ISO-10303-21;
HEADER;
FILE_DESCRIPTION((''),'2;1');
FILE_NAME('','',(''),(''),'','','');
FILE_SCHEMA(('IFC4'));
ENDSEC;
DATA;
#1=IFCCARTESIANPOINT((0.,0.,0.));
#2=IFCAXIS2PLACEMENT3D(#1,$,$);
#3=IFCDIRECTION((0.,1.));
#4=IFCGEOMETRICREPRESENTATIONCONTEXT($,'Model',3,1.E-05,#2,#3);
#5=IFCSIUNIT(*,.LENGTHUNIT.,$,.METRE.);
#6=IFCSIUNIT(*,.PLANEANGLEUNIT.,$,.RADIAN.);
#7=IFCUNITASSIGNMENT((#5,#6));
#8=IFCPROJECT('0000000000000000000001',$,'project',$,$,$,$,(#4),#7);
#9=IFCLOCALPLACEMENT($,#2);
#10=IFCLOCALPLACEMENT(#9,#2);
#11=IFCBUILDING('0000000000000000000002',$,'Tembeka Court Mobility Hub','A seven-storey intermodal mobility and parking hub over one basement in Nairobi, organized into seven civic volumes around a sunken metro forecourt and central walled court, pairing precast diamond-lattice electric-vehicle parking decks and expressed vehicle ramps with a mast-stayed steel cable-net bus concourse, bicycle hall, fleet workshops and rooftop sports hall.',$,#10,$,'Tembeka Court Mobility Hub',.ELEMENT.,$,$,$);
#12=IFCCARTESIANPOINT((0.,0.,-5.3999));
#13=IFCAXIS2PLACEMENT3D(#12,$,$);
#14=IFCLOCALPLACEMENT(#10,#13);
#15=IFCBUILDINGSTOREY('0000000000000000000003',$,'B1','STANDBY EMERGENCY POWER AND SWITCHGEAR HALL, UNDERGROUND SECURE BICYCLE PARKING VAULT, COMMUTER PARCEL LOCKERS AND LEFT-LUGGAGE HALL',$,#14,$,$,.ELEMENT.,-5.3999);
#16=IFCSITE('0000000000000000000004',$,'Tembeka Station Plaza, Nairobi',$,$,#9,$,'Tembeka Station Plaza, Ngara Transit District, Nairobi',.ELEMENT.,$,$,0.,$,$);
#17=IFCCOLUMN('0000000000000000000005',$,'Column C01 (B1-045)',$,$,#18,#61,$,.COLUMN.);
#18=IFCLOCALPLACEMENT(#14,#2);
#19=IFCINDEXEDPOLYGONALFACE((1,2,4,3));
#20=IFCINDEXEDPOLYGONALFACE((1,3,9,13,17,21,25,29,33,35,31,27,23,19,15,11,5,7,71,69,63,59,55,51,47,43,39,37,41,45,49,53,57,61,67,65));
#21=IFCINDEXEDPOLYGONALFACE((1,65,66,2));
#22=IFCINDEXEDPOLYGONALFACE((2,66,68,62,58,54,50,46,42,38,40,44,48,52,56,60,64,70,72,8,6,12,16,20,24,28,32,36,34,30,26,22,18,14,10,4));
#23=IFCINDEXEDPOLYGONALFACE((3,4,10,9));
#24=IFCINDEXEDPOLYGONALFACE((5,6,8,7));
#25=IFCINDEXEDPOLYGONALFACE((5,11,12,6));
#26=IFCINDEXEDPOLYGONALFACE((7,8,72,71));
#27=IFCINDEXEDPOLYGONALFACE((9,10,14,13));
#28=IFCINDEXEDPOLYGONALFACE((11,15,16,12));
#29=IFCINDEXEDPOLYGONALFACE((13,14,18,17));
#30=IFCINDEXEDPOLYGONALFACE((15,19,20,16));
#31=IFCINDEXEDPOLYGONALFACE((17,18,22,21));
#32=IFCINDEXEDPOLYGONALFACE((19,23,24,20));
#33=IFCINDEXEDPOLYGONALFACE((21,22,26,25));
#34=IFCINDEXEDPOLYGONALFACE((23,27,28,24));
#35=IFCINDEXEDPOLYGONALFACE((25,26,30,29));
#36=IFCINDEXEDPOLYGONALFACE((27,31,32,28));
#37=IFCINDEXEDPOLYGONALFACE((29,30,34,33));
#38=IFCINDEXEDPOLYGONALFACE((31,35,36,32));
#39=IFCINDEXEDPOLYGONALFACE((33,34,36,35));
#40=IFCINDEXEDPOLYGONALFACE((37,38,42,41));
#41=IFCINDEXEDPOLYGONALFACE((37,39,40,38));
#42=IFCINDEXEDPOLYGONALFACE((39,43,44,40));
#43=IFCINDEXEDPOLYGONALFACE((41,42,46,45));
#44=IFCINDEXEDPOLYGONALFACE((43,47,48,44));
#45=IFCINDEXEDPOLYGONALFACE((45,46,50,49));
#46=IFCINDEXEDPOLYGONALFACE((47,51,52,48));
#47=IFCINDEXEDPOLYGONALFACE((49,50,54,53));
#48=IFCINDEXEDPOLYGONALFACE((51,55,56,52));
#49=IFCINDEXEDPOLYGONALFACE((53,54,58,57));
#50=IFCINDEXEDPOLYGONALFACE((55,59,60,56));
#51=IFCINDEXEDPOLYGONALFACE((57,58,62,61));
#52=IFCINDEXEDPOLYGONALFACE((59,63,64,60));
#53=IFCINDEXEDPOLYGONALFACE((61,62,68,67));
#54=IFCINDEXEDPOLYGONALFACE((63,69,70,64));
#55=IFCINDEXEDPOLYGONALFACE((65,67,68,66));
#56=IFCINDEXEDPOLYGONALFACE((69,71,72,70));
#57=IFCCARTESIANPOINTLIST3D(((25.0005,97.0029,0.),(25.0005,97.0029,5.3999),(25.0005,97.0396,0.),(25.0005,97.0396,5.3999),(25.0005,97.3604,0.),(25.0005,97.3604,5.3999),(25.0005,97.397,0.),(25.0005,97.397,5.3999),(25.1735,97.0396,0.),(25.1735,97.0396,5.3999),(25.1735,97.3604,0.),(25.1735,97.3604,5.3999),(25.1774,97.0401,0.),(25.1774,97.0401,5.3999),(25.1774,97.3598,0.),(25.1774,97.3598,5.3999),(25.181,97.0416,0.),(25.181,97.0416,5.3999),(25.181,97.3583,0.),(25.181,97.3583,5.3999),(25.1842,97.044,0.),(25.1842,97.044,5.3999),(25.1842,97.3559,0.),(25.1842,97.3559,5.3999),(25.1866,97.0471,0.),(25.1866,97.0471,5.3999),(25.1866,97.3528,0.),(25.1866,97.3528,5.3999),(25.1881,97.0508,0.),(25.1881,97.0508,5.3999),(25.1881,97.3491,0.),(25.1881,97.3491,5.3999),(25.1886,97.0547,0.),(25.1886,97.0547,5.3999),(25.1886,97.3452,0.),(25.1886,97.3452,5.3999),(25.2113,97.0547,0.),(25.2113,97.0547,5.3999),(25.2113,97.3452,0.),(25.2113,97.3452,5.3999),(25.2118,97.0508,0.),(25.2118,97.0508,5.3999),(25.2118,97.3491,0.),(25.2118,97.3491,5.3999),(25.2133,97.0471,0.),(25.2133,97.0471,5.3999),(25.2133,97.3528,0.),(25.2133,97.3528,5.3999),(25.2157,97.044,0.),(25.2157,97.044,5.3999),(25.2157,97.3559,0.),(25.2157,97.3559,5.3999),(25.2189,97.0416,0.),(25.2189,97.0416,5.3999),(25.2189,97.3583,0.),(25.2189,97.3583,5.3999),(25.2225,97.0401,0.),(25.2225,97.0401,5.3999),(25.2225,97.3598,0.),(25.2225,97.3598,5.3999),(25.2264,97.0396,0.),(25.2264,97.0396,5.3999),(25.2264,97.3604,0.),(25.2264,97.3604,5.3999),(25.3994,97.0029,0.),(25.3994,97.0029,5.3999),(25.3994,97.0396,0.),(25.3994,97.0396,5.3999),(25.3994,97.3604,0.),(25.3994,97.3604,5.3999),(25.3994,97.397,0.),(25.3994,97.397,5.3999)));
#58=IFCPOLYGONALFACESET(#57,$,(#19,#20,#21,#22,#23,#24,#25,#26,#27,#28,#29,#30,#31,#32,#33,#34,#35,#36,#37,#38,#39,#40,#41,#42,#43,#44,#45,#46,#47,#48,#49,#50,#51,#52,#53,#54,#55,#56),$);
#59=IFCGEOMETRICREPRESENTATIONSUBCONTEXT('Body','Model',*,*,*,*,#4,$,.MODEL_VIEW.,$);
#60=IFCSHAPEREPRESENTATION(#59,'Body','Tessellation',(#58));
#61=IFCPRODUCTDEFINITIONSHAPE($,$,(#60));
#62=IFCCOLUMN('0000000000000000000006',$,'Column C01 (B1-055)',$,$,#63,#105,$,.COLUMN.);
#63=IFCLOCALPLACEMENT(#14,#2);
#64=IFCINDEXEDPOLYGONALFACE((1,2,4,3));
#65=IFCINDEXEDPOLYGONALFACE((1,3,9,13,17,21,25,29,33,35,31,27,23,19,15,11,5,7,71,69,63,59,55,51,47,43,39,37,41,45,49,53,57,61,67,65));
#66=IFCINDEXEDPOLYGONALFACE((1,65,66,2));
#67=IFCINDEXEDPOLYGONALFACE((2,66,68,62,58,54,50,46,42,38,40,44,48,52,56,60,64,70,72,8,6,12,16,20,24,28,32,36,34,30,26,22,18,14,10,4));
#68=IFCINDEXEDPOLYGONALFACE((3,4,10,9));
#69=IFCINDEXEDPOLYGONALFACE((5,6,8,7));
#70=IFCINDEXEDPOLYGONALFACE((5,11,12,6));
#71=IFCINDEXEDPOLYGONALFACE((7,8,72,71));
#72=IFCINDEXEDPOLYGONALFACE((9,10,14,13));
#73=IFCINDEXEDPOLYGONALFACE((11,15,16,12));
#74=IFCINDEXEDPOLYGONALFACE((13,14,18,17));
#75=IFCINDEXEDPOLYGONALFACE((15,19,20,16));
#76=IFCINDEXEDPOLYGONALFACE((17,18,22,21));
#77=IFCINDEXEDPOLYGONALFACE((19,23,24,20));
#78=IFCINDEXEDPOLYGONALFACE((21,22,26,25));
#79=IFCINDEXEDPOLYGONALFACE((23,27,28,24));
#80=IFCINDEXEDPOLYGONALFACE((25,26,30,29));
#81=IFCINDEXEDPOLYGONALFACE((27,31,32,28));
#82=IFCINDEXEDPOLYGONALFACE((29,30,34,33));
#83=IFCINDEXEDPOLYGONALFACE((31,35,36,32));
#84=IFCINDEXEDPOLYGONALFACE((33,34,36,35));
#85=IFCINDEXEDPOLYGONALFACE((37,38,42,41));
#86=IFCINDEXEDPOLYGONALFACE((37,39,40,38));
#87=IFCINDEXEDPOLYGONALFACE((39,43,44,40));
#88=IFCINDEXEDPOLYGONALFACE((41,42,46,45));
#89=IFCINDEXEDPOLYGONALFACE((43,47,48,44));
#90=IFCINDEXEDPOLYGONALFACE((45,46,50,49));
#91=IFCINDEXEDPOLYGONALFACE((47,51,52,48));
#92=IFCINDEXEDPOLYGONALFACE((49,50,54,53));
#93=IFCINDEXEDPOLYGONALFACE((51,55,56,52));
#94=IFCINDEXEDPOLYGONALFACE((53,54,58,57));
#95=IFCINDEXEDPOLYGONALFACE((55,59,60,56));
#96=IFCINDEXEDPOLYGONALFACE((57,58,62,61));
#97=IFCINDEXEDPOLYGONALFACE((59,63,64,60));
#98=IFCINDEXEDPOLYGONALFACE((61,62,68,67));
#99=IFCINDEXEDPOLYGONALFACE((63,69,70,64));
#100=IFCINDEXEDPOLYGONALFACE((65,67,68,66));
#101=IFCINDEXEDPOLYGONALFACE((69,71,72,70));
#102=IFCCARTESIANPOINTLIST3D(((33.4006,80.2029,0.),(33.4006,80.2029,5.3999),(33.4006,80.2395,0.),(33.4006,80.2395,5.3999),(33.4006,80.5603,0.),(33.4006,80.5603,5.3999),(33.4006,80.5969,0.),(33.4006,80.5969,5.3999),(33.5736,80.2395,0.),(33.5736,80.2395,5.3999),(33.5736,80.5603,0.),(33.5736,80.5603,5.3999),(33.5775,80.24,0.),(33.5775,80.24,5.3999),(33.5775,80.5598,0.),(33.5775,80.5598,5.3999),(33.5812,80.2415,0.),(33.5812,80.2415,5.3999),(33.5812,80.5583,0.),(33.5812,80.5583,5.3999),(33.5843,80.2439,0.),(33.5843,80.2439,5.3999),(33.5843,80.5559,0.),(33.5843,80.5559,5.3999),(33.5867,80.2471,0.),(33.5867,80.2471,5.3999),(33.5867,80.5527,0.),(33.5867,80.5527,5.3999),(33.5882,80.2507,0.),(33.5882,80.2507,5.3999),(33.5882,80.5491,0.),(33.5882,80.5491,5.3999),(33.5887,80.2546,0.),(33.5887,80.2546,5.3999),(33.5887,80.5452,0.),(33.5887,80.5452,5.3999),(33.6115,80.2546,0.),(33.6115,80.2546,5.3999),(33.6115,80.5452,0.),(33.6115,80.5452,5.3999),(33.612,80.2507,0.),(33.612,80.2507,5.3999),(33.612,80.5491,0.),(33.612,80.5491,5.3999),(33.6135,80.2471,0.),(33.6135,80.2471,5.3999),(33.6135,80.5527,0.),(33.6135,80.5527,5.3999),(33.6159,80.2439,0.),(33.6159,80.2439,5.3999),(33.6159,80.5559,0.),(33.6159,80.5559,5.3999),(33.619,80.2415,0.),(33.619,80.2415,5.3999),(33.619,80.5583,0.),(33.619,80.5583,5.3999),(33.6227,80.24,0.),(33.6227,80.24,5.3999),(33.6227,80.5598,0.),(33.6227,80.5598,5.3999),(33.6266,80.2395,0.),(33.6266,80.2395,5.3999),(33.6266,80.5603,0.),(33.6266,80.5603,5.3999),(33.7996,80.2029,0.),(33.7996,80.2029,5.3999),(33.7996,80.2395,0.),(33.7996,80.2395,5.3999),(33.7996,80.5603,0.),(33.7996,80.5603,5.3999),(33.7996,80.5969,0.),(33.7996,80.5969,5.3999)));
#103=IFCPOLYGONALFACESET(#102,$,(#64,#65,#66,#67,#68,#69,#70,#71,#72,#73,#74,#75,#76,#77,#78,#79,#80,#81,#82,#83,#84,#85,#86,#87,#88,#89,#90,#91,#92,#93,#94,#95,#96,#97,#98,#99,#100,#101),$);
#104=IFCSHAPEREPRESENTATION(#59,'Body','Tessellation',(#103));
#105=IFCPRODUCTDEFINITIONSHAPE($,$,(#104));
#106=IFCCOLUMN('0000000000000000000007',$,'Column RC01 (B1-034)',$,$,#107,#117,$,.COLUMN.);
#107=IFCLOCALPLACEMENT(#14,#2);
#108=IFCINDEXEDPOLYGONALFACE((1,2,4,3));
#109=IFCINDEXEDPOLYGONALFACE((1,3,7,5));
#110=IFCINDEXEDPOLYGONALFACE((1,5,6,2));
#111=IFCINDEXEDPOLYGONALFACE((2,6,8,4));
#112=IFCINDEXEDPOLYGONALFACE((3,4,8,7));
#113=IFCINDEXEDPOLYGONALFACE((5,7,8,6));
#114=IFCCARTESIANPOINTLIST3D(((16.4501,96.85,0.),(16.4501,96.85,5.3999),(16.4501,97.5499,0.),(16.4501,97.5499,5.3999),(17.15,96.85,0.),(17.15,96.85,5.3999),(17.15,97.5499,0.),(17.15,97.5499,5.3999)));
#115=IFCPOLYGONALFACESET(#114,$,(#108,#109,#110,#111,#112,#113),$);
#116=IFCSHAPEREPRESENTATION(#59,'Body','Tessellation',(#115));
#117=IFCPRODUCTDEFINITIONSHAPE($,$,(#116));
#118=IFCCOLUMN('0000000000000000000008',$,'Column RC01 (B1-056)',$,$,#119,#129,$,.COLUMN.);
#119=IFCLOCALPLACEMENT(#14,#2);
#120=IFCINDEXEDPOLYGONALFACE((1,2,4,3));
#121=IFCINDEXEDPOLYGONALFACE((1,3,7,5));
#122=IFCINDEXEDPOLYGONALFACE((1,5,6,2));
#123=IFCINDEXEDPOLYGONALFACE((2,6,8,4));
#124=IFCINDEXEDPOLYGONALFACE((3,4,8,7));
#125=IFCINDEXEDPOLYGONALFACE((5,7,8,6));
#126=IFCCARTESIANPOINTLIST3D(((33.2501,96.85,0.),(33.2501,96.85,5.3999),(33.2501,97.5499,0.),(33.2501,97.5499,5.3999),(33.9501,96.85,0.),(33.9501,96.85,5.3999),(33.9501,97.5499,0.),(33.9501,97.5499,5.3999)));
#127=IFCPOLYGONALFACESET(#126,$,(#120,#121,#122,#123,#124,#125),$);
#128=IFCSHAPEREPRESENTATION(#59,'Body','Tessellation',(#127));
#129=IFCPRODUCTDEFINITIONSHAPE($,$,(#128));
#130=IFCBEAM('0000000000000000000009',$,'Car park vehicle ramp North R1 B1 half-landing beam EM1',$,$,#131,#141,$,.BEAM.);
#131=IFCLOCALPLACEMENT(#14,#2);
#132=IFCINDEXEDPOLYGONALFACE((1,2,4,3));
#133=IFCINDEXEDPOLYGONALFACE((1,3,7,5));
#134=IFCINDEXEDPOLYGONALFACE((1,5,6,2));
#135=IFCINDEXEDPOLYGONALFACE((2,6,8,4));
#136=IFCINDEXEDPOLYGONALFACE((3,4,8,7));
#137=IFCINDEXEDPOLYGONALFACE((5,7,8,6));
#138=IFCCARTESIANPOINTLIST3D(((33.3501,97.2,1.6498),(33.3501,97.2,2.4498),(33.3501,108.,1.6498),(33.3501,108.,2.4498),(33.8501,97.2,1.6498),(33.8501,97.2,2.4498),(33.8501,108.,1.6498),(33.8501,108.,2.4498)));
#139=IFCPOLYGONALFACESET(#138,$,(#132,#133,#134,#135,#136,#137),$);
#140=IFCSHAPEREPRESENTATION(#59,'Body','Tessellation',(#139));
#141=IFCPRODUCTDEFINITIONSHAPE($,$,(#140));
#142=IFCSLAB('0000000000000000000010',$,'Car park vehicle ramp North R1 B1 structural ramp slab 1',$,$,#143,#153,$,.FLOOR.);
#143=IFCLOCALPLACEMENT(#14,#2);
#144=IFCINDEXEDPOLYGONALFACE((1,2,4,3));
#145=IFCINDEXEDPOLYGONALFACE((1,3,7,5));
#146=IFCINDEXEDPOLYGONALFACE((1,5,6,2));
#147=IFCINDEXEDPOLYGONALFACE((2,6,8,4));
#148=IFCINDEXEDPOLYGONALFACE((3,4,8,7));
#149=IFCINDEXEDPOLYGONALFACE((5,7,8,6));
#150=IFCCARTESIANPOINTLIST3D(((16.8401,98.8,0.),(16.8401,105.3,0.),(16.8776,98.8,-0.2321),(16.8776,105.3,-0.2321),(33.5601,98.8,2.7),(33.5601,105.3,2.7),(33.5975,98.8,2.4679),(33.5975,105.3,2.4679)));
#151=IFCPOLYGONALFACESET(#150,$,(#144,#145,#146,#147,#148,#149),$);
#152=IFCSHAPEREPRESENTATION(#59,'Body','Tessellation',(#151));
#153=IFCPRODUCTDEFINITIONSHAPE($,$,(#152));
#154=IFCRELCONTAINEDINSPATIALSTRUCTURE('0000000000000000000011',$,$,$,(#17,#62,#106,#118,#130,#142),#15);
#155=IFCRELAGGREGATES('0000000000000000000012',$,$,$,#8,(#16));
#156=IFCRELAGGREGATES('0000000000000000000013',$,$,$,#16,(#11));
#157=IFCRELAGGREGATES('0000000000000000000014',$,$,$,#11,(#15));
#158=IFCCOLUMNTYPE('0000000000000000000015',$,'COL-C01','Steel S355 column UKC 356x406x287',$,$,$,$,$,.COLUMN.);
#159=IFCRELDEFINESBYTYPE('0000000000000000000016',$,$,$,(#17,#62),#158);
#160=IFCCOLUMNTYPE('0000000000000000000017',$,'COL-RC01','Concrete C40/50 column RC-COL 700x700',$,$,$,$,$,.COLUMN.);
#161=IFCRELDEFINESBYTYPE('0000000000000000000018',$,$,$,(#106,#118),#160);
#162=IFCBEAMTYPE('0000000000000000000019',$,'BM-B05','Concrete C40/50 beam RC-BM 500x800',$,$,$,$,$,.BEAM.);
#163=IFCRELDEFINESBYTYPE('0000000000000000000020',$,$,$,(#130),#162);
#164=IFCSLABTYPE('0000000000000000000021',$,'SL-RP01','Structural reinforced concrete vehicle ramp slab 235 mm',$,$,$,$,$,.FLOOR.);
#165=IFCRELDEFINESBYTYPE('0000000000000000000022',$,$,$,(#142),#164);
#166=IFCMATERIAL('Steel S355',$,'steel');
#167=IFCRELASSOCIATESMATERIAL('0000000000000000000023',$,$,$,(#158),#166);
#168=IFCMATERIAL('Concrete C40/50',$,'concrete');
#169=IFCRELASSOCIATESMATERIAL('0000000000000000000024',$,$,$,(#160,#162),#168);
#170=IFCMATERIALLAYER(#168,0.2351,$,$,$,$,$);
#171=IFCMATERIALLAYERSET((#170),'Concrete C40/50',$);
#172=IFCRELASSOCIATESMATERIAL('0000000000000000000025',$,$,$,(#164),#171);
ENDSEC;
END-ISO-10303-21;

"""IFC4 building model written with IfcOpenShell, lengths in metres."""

from ifc_helpers import new_model, si_unit, direction, frame, origin, origin_2d, place, context, subcontext, project, spatial, polyline, rectangle, i_section, outline, extrude, material, layer, layer_set, material_profile, profile_set, type_object, element, save


model = new_model("IFC4")

# Units and contexts
model_context = context("Model", 3, precision=1e-05, world=origin(), true_north=direction((0.0, 1.0)))
body_context = subcontext(model_context, "Body", "Model", "MODEL_VIEW")
ifc_project = project(units=[si_unit("LENGTHUNIT", "METRE"), si_unit("PLANEANGLEUNIT", "RADIAN")], contexts=[model_context])

# Site, building, storey
site_placement = place(None, origin())
site = spatial("IfcSite", under=ifc_project, at=site_placement, Name="Tembeka Station Plaza, Nairobi", LongName="Tembeka Station Plaza, Ngara Transit District, Nairobi", CompositionType="ELEMENT", RefElevation=0.0)
building_placement = place(site_placement, origin())
building = spatial("IfcBuilding", under=site, at=building_placement, Name="Tembeka Court Mobility Hub", Description="A seven-storey intermodal mobility and parking hub over one basement in Nairobi, organized into seven civic volumes around a sunken metro forecourt and central walled court, pairing precast diamond-lattice electric-vehicle parking decks and expressed vehicle ramps with a mast-stayed steel cable-net bus concourse, bicycle hall, fleet workshops and rooftop sports hall.", LongName="Tembeka Court Mobility Hub", CompositionType="ELEMENT")
storey_placement = place(building_placement, frame((0.0, 0.0, -5.3999)))
storey = spatial("IfcBuildingStorey", under=building, at=storey_placement, Name="B1", Description="STANDBY EMERGENCY POWER AND SWITCHGEAR HALL, UNDERGROUND SECURE BICYCLE PARKING VAULT, COMMUTER PARCEL LOCKERS AND LEFT-LUGGAGE HALL", CompositionType="ELEMENT", Elevation=-5.3999)

# Shared definitions
ifc_material_1 = material(Name="Concrete C40/50", Category="concrete")

# Columns
ifc_material_2 = material(Name="Steel S355", Category="steel")
ifc_material_profile_1 = material_profile(ifc_material_2, i_section(OverallWidth=0.3989, OverallDepth=0.394, WebThickness=0.0227, FlangeThickness=0.0366, FilletRadius=0.0151, at=origin_2d()), Name="UKC 356x406x287")
ifc_profile_set_1 = profile_set([ifc_material_profile_1], Name="Steel S355")
column_type_1 = type_object("IfcColumnType", Name="COL-C01", Description="Steel S355 column UKC 356x406x287", PredefinedType="COLUMN", material=ifc_profile_set_1)
for number, where, z_axis, x_axis, name in (
    (1, (25.2, 97.2, 0.0), (0.0, 0.0, 1.0), (1.0, 0.0, 0.0), "Column C01 (B1-045)"),
    (2, (33.6001, 80.3999, 0.0), (0.0, 0.0, 1.0), (1.0, 0.0, 0.0), "Column C01 (B1-055)"),
):
    element("IfcColumn", number, at=place(storey_placement, frame(where, z_axis=z_axis, x_axis=x_axis)), inside=storey, type_object=column_type_1, Name=name, PredefinedType="COLUMN", context=body_context, shape_type="SweptSolid", body=[
        extrude(i_section(OverallWidth=0.3989, OverallDepth=0.394, WebThickness=0.0227, FlangeThickness=0.0366, FilletRadius=0.0151, at=origin_2d()), origin(), (0.0, 0.0, 1.0), 5.3999),
    ])
ifc_material_profile_2 = material_profile(ifc_material_1, rectangle(XDim=0.7, YDim=0.7, at=origin_2d()), Name="RC-COL 700x700")
ifc_profile_set_2 = profile_set([ifc_material_profile_2], Name="Concrete C40/50")
column_type_2 = type_object("IfcColumnType", Name="COL-RC01", Description="Concrete C40/50 column RC-COL 700x700", PredefinedType="COLUMN", material=ifc_profile_set_2)
for number, where, z_axis, x_axis, name in (
    (3, (16.8, 97.2, 0.0), (0.0, 0.0, 1.0), (1.0, 0.0, 0.0), "Column RC01 (B1-034)"),
    (4, (33.6001, 97.2, 0.0), (0.0, 0.0, 1.0), (1.0, 0.0, 0.0), "Column RC01 (B1-056)"),
):
    element("IfcColumn", number, at=place(storey_placement, frame(where, z_axis=z_axis, x_axis=x_axis)), inside=storey, type_object=column_type_2, Name=name, PredefinedType="COLUMN", context=body_context, shape_type="SweptSolid", body=[
        extrude(rectangle(XDim=0.7, YDim=0.7, at=origin_2d()), origin(), (0.0, 0.0, 1.0), 5.3999),
    ])

# Beam
ifc_material_profile_3 = material_profile(ifc_material_1, rectangle(XDim=0.5, YDim=0.8, at=origin_2d()), Name="RC-BM 500x800")
ifc_profile_set_3 = profile_set([ifc_material_profile_3], Name="Concrete C40/50")
beam_type = type_object("IfcBeamType", Name="BM-B05", Description="Concrete C40/50 beam RC-BM 500x800", PredefinedType="BEAM", material=ifc_profile_set_3)
beam_placement = place(storey_placement, frame((33.6001, 97.2, 2.0498), z_axis=(0.0, 1.0, 0.0), x_axis=(-1.0, 0.0, 0.0)))
element("IfcBeam", 5, at=beam_placement, inside=storey, type_object=beam_type, Name="Car park vehicle ramp North R1 B1 half-landing beam EM1", PredefinedType="BEAM", context=body_context, shape_type="SweptSolid", body=[
    extrude(rectangle(XDim=0.5, YDim=0.8, at=origin_2d()), origin(), (0.0, 0.0, 1.0), 10.8),
])

# Slab
ifc_layer = layer(ifc_material_1, 0.2351)
ifc_layer_set = layer_set([ifc_layer], Name="Concrete C40/50")
slab_type = type_object("IfcSlabType", Name="SL-RP01", Description="Structural reinforced concrete vehicle ramp slab 235 mm", PredefinedType="FLOOR", material=ifc_layer_set)
slab_placement = place(storey_placement, frame((16.8401, 98.8, 0.0), z_axis=(-0.159416, 0.0, 0.987212), x_axis=(0.987212, 0.0, 0.159416)))
element("IfcSlab", 6, at=slab_placement, inside=storey, type_object=slab_type, Name="Car park vehicle ramp North R1 B1 structural ramp slab 1", PredefinedType="FLOOR", context=body_context, shape_type="SweptSolid", body=[
    extrude(outline(polyline([(0.0, 0.0), (16.9366, 0.0), (16.9366, 6.5), (0.0, 6.5), (0.0, 0.0)])), origin(), (0.0, 0.0, -1.0), 0.2351),
])

save(model, "model.ifc")
